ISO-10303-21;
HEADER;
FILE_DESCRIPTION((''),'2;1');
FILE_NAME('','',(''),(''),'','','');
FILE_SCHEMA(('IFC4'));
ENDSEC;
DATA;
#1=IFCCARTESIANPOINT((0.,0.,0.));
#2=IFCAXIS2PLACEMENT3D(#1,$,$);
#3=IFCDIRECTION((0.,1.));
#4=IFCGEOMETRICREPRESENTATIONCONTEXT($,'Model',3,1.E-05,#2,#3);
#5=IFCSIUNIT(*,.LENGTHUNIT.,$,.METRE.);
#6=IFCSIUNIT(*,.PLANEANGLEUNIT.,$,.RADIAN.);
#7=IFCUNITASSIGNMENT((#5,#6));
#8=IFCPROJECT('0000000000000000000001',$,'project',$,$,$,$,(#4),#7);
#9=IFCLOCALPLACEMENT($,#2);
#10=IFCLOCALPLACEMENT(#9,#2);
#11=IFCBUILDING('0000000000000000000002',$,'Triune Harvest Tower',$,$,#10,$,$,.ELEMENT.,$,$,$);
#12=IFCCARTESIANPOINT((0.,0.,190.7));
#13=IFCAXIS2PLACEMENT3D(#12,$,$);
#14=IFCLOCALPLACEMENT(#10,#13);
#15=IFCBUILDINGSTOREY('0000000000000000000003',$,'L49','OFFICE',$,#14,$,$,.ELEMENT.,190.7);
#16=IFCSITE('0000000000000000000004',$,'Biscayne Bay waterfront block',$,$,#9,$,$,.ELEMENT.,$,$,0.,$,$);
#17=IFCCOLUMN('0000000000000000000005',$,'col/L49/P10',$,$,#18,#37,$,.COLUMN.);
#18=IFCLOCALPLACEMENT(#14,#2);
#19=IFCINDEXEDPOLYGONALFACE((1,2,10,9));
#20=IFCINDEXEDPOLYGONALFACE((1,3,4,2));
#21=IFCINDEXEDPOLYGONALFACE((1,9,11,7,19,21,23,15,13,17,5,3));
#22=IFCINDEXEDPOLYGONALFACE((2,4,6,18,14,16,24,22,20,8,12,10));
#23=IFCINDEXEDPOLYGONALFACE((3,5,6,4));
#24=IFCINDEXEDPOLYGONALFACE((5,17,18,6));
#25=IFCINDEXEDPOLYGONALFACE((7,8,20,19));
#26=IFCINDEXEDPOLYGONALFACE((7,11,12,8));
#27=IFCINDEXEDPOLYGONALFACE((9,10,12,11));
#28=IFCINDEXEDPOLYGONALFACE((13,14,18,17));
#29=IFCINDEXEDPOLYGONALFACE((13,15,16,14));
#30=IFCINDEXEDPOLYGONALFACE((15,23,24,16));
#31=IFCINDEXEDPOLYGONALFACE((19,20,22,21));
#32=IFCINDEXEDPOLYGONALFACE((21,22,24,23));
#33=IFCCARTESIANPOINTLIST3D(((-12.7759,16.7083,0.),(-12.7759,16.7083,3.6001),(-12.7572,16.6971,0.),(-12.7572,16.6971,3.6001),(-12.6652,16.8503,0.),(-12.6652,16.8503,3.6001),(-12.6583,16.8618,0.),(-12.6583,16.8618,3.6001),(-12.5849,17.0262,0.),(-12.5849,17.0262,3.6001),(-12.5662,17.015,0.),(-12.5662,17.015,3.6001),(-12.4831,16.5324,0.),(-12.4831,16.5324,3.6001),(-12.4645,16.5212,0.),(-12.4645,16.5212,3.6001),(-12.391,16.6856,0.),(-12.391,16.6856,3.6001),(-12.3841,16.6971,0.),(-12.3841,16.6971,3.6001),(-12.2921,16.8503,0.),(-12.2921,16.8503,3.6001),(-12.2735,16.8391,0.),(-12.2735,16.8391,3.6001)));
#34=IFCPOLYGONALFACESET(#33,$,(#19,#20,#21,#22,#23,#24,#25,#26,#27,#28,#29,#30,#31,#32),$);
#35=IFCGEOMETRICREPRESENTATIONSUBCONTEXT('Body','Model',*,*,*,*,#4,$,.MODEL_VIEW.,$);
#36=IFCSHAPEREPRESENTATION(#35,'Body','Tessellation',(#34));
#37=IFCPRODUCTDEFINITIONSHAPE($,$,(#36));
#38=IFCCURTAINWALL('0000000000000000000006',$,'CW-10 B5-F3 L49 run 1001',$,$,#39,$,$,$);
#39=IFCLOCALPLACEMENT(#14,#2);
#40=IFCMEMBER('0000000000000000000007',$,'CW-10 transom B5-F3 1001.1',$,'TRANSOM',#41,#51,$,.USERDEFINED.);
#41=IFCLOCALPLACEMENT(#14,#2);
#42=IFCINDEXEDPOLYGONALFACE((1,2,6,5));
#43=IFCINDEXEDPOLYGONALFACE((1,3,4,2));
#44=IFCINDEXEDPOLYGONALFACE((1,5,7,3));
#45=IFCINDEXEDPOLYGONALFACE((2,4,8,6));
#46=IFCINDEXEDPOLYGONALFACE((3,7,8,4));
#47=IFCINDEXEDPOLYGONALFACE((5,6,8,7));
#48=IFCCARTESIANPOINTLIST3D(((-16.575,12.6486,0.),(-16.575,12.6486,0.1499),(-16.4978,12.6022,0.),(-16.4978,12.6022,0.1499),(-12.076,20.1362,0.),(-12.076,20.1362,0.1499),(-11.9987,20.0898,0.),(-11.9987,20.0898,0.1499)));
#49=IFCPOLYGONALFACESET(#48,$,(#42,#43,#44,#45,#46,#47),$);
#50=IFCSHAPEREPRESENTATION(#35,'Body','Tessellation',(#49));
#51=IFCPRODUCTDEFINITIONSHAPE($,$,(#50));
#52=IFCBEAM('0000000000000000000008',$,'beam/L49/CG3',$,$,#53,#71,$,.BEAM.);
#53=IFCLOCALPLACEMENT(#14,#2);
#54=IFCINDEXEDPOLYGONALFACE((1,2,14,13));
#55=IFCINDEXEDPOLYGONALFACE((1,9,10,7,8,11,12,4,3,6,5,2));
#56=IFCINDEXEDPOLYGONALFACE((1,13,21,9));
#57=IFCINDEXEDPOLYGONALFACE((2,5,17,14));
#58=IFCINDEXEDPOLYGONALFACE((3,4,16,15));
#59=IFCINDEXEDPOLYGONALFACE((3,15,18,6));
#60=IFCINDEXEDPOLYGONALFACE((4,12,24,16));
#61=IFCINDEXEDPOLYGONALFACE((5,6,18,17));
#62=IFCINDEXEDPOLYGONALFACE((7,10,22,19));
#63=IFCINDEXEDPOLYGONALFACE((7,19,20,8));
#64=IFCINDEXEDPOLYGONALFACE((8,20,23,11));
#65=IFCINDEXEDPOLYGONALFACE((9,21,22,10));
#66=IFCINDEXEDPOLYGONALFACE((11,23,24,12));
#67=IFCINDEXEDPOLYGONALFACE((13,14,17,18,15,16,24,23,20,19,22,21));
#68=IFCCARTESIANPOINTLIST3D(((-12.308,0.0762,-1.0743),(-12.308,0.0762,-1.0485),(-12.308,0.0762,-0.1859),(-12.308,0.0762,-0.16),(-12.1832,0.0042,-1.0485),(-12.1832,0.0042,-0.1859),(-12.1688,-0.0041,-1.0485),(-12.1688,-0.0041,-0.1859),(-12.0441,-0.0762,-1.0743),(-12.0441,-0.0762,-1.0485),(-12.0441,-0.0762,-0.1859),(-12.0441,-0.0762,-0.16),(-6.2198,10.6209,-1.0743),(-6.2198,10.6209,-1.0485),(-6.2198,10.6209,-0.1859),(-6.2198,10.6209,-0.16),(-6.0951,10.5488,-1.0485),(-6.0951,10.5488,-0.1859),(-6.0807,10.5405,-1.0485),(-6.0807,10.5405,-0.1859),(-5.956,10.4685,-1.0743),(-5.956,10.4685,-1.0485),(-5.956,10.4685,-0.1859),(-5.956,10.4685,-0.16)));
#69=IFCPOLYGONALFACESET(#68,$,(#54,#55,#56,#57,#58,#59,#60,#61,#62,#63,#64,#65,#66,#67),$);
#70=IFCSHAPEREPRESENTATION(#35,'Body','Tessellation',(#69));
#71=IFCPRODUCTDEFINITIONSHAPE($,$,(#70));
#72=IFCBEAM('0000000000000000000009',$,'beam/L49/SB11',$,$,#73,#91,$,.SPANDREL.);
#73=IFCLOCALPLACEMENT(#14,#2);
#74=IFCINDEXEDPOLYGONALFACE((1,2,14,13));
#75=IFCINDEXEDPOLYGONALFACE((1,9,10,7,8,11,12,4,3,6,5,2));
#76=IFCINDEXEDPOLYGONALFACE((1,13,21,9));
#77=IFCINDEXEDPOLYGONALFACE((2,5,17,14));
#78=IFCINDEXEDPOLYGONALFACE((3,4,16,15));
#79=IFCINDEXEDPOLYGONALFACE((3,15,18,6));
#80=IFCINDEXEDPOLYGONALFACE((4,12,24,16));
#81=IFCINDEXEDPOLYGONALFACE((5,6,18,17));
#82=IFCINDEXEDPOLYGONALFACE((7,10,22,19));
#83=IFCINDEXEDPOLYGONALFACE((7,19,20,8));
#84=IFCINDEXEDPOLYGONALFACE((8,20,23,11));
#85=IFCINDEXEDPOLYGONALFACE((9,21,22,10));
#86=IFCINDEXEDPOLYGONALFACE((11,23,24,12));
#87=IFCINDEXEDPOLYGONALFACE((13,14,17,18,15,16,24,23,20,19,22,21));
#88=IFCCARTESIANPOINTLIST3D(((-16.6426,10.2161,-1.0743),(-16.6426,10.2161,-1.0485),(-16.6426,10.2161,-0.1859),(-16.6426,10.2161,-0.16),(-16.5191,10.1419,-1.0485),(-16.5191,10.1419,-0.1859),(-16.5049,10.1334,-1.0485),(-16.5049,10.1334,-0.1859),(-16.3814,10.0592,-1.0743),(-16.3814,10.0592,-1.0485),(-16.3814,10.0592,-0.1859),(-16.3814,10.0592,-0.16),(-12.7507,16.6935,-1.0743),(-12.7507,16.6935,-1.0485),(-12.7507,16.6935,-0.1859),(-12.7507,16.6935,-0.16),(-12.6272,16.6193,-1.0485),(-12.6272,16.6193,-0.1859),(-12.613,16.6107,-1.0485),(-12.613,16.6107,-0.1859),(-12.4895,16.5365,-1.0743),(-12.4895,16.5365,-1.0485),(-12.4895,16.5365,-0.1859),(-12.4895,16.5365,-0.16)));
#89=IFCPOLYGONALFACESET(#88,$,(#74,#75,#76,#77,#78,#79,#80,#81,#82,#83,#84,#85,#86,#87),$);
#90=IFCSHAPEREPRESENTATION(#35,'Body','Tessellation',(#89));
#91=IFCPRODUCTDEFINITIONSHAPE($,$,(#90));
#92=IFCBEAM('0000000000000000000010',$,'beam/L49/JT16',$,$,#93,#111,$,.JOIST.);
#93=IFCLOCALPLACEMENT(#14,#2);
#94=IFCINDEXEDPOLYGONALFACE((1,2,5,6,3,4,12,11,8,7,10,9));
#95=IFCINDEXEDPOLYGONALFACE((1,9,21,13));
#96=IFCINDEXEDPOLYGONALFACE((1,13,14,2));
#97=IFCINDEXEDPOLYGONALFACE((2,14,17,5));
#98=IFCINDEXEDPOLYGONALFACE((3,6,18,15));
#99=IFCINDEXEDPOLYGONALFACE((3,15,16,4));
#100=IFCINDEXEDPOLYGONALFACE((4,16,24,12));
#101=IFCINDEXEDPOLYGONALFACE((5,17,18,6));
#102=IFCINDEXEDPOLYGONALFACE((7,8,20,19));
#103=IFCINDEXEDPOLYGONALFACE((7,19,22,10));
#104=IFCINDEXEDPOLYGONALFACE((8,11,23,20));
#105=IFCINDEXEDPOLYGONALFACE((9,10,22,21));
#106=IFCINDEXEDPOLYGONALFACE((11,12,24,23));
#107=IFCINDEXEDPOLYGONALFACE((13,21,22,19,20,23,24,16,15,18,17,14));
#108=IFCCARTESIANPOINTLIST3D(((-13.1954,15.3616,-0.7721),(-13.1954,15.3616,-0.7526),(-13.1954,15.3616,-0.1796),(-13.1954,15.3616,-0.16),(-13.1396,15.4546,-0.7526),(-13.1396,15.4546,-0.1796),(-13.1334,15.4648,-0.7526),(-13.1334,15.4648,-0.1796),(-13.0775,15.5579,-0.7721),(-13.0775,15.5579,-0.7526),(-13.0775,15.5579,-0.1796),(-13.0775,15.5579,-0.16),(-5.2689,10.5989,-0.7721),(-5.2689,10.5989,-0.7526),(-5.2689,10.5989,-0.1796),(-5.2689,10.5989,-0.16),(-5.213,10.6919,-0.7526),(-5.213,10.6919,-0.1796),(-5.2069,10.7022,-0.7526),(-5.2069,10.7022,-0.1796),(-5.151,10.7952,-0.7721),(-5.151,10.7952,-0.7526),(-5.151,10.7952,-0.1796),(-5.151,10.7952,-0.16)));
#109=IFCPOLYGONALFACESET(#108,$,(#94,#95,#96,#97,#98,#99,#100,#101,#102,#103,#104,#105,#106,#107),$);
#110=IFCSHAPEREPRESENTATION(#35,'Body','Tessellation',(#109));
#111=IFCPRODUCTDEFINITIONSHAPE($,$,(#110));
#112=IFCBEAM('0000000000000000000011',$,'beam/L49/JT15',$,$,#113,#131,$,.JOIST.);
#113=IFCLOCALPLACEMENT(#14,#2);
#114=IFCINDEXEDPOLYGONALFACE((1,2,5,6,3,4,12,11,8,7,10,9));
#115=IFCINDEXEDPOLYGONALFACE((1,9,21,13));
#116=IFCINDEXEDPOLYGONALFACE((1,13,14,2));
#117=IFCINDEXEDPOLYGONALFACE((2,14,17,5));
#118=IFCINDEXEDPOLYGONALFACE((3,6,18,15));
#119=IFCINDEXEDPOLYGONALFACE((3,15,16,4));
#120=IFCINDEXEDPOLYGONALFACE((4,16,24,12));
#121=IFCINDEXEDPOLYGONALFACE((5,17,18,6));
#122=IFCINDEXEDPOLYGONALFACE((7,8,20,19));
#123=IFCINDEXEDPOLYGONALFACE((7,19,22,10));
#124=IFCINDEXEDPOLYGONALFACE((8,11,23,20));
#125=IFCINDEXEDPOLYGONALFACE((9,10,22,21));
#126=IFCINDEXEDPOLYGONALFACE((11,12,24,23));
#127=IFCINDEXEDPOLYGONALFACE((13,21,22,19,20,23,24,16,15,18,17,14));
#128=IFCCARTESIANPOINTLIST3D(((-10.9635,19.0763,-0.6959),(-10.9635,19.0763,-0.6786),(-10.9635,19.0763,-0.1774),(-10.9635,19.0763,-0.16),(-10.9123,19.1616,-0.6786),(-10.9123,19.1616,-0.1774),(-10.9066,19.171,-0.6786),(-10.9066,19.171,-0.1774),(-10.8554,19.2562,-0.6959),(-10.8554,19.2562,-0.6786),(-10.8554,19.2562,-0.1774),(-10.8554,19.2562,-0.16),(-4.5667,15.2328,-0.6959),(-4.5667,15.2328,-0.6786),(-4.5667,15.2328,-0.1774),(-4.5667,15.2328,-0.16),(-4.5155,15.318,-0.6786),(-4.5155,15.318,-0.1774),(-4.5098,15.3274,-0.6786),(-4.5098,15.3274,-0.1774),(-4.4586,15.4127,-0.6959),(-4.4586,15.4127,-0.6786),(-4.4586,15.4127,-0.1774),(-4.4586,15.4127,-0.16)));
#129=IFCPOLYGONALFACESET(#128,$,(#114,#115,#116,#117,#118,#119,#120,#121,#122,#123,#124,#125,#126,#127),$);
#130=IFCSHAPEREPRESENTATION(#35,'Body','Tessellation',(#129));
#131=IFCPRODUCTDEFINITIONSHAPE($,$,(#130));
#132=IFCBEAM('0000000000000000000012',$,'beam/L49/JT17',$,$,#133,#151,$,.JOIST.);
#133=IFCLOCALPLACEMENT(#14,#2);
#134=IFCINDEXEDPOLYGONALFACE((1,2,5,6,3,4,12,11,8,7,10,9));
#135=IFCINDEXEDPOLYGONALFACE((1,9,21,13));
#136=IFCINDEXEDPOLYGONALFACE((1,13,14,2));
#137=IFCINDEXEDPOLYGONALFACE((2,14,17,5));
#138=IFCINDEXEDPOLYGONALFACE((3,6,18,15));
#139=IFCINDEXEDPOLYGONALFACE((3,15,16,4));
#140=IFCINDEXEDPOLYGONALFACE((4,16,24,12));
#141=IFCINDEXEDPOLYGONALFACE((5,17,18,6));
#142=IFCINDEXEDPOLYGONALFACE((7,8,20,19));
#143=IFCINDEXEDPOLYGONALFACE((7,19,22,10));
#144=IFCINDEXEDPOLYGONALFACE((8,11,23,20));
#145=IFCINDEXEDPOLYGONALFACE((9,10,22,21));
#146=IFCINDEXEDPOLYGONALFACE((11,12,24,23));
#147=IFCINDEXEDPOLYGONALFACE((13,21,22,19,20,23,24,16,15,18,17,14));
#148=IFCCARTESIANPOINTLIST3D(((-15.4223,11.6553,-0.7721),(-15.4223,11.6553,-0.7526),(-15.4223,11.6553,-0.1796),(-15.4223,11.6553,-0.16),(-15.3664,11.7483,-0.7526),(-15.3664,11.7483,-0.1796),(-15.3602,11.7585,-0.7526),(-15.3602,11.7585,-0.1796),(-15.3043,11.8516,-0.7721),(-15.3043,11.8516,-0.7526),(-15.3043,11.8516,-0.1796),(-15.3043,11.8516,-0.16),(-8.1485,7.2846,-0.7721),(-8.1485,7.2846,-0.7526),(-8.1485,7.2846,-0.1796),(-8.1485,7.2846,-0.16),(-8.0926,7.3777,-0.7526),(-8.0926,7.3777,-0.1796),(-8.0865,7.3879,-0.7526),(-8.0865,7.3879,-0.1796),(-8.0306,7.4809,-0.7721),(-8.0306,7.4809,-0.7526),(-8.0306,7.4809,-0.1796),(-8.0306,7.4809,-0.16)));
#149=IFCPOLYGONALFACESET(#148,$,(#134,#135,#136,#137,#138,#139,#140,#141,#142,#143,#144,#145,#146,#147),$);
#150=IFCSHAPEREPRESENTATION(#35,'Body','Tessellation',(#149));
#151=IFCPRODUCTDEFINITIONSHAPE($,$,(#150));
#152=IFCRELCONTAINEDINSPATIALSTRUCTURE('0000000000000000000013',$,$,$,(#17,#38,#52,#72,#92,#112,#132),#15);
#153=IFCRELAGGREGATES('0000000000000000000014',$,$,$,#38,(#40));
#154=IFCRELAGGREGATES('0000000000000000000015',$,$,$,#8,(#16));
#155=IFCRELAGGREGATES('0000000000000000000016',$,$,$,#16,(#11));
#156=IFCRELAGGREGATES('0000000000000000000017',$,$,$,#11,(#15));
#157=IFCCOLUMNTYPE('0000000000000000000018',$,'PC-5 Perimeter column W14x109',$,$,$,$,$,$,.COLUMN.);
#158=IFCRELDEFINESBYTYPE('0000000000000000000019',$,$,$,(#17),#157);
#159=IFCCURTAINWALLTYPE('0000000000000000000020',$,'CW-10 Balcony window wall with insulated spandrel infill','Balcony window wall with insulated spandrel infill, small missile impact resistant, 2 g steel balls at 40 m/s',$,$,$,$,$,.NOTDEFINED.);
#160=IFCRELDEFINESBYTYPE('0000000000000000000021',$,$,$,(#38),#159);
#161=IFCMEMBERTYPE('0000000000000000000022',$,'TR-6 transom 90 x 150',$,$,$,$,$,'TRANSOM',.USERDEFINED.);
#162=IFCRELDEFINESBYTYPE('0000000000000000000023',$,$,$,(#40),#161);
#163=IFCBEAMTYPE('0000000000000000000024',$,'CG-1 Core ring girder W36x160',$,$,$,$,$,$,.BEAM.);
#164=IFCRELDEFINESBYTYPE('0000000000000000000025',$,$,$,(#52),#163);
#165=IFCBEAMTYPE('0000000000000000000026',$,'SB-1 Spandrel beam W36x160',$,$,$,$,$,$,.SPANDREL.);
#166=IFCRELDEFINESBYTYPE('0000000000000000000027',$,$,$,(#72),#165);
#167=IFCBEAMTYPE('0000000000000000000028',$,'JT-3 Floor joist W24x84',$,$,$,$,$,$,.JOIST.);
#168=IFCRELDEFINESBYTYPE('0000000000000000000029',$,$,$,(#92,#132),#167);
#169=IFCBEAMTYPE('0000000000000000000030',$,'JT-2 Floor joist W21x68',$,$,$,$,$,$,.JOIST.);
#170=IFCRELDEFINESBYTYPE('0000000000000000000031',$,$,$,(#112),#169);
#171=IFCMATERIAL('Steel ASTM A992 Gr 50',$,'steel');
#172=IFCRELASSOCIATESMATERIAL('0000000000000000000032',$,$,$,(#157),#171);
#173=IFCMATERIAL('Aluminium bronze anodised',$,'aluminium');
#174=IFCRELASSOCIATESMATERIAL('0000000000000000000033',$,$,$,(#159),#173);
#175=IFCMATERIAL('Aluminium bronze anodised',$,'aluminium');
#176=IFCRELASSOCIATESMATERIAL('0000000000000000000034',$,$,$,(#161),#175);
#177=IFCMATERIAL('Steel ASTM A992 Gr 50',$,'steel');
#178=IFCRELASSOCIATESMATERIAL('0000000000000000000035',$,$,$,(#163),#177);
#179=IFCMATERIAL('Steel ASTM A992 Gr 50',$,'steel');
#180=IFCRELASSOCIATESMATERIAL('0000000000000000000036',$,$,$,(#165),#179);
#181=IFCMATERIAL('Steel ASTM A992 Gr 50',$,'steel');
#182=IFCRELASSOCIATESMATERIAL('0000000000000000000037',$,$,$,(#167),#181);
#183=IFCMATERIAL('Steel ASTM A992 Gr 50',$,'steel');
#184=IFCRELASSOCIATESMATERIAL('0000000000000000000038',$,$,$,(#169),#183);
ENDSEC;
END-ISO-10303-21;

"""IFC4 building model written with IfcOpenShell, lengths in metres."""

from ifc_helpers import new_model, si_unit, direction, frame, origin, origin_2d, place, context, subcontext, project, spatial, rectangle, i_section, extrude, source, transform, mapped, material, material_profile, profile_set, type_object, element, aggregate, save


model = new_model("IFC4")

# Units and contexts
model_context = context("Model", 3, precision=1e-05, world=origin(), true_north=direction((0.0, 1.0)))
body_context = subcontext(model_context, "Body", "Model", "MODEL_VIEW")
ifc_project = project(units=[si_unit("LENGTHUNIT", "METRE"), si_unit("PLANEANGLEUNIT", "RADIAN")], contexts=[model_context])

# Site, building, storey
site_placement = place(None, origin())
site = spatial("IfcSite", under=ifc_project, at=site_placement, Name="Biscayne Bay waterfront block", CompositionType="ELEMENT", RefElevation=0.0)
building_placement = place(site_placement, origin())
building = spatial("IfcBuilding", under=site, at=building_placement, Name="Triune Harvest Tower", CompositionType="ELEMENT")
storey_placement = place(building_placement, frame((0.0, 0.0, 190.7)))
storey = spatial("IfcBuildingStorey", under=building, at=storey_placement, Name="L49", Description="OFFICE", CompositionType="ELEMENT", Elevation=190.7)

# Column
ifc_material_1 = material(Name="Steel ASTM A992 Gr 50", Category="steel")
ifc_material_profile_1 = material_profile(ifc_material_1, i_section(OverallWidth=0.3708, OverallDepth=0.3633, WebThickness=0.0134, FlangeThickness=0.0217, at=origin_2d()), Name="W14x109")
ifc_profile_set_1 = profile_set([ifc_material_profile_1], Name="Steel ASTM A992 Gr 50")
column_type = type_object("IfcColumnType", Name="PC-5 Perimeter column W14x109", PredefinedType="COLUMN", material=ifc_profile_set_1)
shared_shape_1 = source(origin(), body_context, "Body", "SweptSolid", [
    extrude(i_section(OverallWidth=0.3708, OverallDepth=0.3633, WebThickness=0.0134, FlangeThickness=0.0217, at=origin_2d()), origin(), (0.0, 0.0, 1.0), 3.6001),
])
column_placement = place(storey_placement, frame((-12.5247, 16.7737, 0.0), z_axis=(0.0, 0.0, 1.0), x_axis=(-0.515037, -0.857168, 0.0)))
element("IfcColumn", 1, at=column_placement, inside=storey, type_object=column_type, Name="col/L49/P10", PredefinedType="COLUMN", context=body_context, shape_type="MappedRepresentation", body=[
    mapped(shared_shape_1, transform((0.0, 0.0, 0.0), scale=1.0)),
])

# Curtain wall, member
ifc_material_2 = material(Name="Aluminium bronze anodised", Category="aluminium")
curtain_wall_type_1 = type_object("IfcCurtainWallType", Name="CW-10 Balcony window wall with insulated spandrel infill", Description="Balcony window wall with insulated spandrel infill, small missile impact resistant, 2 g steel balls at 40 m/s", PredefinedType="NOTDEFINED", material=ifc_material_2)
curtain_wall_1_placement = place(storey_placement, origin())
curtain_wall_1 = element("IfcCurtainWall", 2, at=curtain_wall_1_placement, inside=storey, type_object=curtain_wall_type_1, Name="CW-10 B5-F3 L49 run 1001")
ifc_material_3 = material(Name="Aluminium bronze anodised", Category="aluminium")
ifc_material_profile_2 = material_profile(ifc_material_3, rectangle(XDim=0.0901, YDim=0.1499, at=origin_2d()), Name="TR-6 transom 90 x 150")
ifc_profile_set_2 = profile_set([ifc_material_profile_2], Name="Aluminium bronze anodised")
member_type_1 = type_object("IfcMemberType", Name="TR-6 transom 90 x 150", ElementType="TRANSOM", PredefinedType="USERDEFINED", material=ifc_profile_set_2)
member_1_placement = place(storey_placement, frame((-12.0374, 20.113, 0.075), z_axis=(-0.515042, -0.857165, 0.0), x_axis=(0.857165, -0.515042, 0.0)))
member_1 = element("IfcMember", 3, at=member_1_placement, type_object=member_type_1, Name="CW-10 transom B5-F3 1001.1", ObjectType="TRANSOM", PredefinedType="USERDEFINED", context=body_context, shape_type="SweptSolid", body=[
    extrude(rectangle(XDim=0.0901, YDim=0.1499, at=origin_2d()), origin(), (0.0, 0.0, 1.0), 8.7354),
])

# Beams
ifc_material_4 = material(Name="Steel ASTM A992 Gr 50", Category="steel")
ifc_material_profile_3 = material_profile(ifc_material_4, i_section(OverallWidth=0.3047, OverallDepth=0.9143, WebThickness=0.0166, FlangeThickness=0.0259, at=origin_2d()), Name="W36x160")
ifc_profile_set_3 = profile_set([ifc_material_profile_3], Name="Steel ASTM A992 Gr 50")
beam_type_1 = type_object("IfcBeamType", Name="CG-1 Core ring girder W36x160", PredefinedType="BEAM", material=ifc_profile_set_3)
shared_shape_2 = source(origin(), body_context, "Body", "SweptSolid", [
    extrude(i_section(OverallWidth=0.3047, OverallDepth=0.9143, WebThickness=0.0166, FlangeThickness=0.0259, at=origin_2d()), origin(), (0.0, 0.0, 1.0), 12.176),
])
beam_1_placement = place(storey_placement, frame((-6.0879, 10.5447, -0.6172), z_axis=(-0.50001, -0.86602, 0.0), x_axis=(0.86602, -0.50001, 0.0)))
element("IfcBeam", 4, at=beam_1_placement, inside=storey, type_object=beam_type_1, Name="beam/L49/CG3", PredefinedType="BEAM", context=body_context, shape_type="MappedRepresentation", body=[
    mapped(shared_shape_2, transform((0.0, 0.0, 0.0), scale=1.0)),
])
ifc_material_5 = material(Name="Steel ASTM A992 Gr 50", Category="steel")
ifc_material_profile_4 = material_profile(ifc_material_5, i_section(OverallWidth=0.3047, OverallDepth=0.9143, WebThickness=0.0166, FlangeThickness=0.0259, at=origin_2d()), Name="W36x160")
ifc_profile_set_4 = profile_set([ifc_material_profile_4], Name="Steel ASTM A992 Gr 50")
beam_type_2 = type_object("IfcBeamType", Name="SB-1 Spandrel beam W36x160", PredefinedType="SPANDREL", material=ifc_profile_set_4)
shared_shape_3 = source(origin(), body_context, "Body", "SweptSolid", [
    extrude(i_section(OverallWidth=0.3047, OverallDepth=0.9143, WebThickness=0.0166, FlangeThickness=0.0259, at=origin_2d()), origin(), (0.0, 0.0, 1.0), 7.5566),
])
beam_2_placement = place(storey_placement, frame((-12.6201, 16.615, -0.6172), z_axis=(-0.515028, -0.857173, 0.0), x_axis=(0.857173, -0.515028, 0.0)))
element("IfcBeam", 5, at=beam_2_placement, inside=storey, type_object=beam_type_2, Name="beam/L49/SB11", PredefinedType="SPANDREL", context=body_context, shape_type="MappedRepresentation", body=[
    mapped(shared_shape_3, transform((0.0, 0.0, 0.0), scale=1.0)),
])
ifc_material_6 = material(Name="Steel ASTM A992 Gr 50", Category="steel")
ifc_material_profile_5 = material_profile(ifc_material_6, i_section(OverallWidth=0.229, OverallDepth=0.6121, WebThickness=0.012, FlangeThickness=0.0195, at=origin_2d()), Name="W24x84")
ifc_profile_set_5 = profile_set([ifc_material_profile_5], Name="Steel ASTM A992 Gr 50")
beam_type_3 = type_object("IfcBeamType", Name="JT-3 Floor joist W24x84", PredefinedType="JOIST", material=ifc_profile_set_5)
shared_shape_4 = source(origin(), body_context, "Body", "SweptSolid", [
    extrude(i_section(OverallWidth=0.229, OverallDepth=0.6121, WebThickness=0.012, FlangeThickness=0.0195, at=origin_2d()), origin(), (0.0, 0.0, 1.0), 9.2473),
])
beam_3_placement = place(storey_placement, frame((-13.1365, 15.4597, -0.4661), z_axis=(0.857169, -0.515035, 0.0), x_axis=(0.515035, 0.857169, 0.0)))
element("IfcBeam", 6, at=beam_3_placement, inside=storey, type_object=beam_type_3, Name="beam/L49/JT16", PredefinedType="JOIST", context=body_context, shape_type="MappedRepresentation", body=[
    mapped(shared_shape_4, transform((0.0, 0.0, 0.0), scale=1.0)),
])
ifc_material_7 = material(Name="Steel ASTM A992 Gr 50", Category="steel")
ifc_material_profile_6 = material_profile(ifc_material_7, i_section(OverallWidth=0.21, OverallDepth=0.5359, WebThickness=0.011, FlangeThickness=0.0173, at=origin_2d()), Name="W21x68")
ifc_profile_set_6 = profile_set([ifc_material_profile_6], Name="Steel ASTM A992 Gr 50")
beam_type_4 = type_object("IfcBeamType", Name="JT-2 Floor joist W21x68", PredefinedType="JOIST", material=ifc_profile_set_6)
shared_shape_5 = source(origin(), body_context, "Body", "SweptSolid", [
    extrude(i_section(OverallWidth=0.21, OverallDepth=0.5359, WebThickness=0.011, FlangeThickness=0.0173, at=origin_2d()), origin(), (0.0, 0.0, 1.0), 7.4626),
])
beam_4_placement = place(storey_placement, frame((-10.9094, 19.1663, -0.428), z_axis=(0.857169, -0.515034, 0.0), x_axis=(0.515034, 0.857169, 0.0)))
element("IfcBeam", 7, at=beam_4_placement, inside=storey, type_object=beam_type_4, Name="beam/L49/JT15", PredefinedType="JOIST", context=body_context, shape_type="MappedRepresentation", body=[
    mapped(shared_shape_5, transform((0.0, 0.0, 0.0), scale=1.0)),
])
shared_shape_6 = source(origin(), body_context, "Body", "SweptSolid", [
    extrude(i_section(OverallWidth=0.229, OverallDepth=0.6121, WebThickness=0.012, FlangeThickness=0.0195, at=origin_2d()), origin(), (0.0, 0.0, 1.0), 8.4858),
])
beam_5_placement = place(storey_placement, frame((-15.3633, 11.7534, -0.4661), z_axis=(0.85716, -0.51505, 0.0), x_axis=(0.51505, 0.85716, 0.0)))
element("IfcBeam", 8, at=beam_5_placement, inside=storey, type_object=beam_type_3, Name="beam/L49/JT17", PredefinedType="JOIST", context=body_context, shape_type="MappedRepresentation", body=[
    mapped(shared_shape_6, transform((0.0, 0.0, 0.0), scale=1.0)),
])

aggregate(curtain_wall_1, [member_1])

save(model, "model.ifc")
